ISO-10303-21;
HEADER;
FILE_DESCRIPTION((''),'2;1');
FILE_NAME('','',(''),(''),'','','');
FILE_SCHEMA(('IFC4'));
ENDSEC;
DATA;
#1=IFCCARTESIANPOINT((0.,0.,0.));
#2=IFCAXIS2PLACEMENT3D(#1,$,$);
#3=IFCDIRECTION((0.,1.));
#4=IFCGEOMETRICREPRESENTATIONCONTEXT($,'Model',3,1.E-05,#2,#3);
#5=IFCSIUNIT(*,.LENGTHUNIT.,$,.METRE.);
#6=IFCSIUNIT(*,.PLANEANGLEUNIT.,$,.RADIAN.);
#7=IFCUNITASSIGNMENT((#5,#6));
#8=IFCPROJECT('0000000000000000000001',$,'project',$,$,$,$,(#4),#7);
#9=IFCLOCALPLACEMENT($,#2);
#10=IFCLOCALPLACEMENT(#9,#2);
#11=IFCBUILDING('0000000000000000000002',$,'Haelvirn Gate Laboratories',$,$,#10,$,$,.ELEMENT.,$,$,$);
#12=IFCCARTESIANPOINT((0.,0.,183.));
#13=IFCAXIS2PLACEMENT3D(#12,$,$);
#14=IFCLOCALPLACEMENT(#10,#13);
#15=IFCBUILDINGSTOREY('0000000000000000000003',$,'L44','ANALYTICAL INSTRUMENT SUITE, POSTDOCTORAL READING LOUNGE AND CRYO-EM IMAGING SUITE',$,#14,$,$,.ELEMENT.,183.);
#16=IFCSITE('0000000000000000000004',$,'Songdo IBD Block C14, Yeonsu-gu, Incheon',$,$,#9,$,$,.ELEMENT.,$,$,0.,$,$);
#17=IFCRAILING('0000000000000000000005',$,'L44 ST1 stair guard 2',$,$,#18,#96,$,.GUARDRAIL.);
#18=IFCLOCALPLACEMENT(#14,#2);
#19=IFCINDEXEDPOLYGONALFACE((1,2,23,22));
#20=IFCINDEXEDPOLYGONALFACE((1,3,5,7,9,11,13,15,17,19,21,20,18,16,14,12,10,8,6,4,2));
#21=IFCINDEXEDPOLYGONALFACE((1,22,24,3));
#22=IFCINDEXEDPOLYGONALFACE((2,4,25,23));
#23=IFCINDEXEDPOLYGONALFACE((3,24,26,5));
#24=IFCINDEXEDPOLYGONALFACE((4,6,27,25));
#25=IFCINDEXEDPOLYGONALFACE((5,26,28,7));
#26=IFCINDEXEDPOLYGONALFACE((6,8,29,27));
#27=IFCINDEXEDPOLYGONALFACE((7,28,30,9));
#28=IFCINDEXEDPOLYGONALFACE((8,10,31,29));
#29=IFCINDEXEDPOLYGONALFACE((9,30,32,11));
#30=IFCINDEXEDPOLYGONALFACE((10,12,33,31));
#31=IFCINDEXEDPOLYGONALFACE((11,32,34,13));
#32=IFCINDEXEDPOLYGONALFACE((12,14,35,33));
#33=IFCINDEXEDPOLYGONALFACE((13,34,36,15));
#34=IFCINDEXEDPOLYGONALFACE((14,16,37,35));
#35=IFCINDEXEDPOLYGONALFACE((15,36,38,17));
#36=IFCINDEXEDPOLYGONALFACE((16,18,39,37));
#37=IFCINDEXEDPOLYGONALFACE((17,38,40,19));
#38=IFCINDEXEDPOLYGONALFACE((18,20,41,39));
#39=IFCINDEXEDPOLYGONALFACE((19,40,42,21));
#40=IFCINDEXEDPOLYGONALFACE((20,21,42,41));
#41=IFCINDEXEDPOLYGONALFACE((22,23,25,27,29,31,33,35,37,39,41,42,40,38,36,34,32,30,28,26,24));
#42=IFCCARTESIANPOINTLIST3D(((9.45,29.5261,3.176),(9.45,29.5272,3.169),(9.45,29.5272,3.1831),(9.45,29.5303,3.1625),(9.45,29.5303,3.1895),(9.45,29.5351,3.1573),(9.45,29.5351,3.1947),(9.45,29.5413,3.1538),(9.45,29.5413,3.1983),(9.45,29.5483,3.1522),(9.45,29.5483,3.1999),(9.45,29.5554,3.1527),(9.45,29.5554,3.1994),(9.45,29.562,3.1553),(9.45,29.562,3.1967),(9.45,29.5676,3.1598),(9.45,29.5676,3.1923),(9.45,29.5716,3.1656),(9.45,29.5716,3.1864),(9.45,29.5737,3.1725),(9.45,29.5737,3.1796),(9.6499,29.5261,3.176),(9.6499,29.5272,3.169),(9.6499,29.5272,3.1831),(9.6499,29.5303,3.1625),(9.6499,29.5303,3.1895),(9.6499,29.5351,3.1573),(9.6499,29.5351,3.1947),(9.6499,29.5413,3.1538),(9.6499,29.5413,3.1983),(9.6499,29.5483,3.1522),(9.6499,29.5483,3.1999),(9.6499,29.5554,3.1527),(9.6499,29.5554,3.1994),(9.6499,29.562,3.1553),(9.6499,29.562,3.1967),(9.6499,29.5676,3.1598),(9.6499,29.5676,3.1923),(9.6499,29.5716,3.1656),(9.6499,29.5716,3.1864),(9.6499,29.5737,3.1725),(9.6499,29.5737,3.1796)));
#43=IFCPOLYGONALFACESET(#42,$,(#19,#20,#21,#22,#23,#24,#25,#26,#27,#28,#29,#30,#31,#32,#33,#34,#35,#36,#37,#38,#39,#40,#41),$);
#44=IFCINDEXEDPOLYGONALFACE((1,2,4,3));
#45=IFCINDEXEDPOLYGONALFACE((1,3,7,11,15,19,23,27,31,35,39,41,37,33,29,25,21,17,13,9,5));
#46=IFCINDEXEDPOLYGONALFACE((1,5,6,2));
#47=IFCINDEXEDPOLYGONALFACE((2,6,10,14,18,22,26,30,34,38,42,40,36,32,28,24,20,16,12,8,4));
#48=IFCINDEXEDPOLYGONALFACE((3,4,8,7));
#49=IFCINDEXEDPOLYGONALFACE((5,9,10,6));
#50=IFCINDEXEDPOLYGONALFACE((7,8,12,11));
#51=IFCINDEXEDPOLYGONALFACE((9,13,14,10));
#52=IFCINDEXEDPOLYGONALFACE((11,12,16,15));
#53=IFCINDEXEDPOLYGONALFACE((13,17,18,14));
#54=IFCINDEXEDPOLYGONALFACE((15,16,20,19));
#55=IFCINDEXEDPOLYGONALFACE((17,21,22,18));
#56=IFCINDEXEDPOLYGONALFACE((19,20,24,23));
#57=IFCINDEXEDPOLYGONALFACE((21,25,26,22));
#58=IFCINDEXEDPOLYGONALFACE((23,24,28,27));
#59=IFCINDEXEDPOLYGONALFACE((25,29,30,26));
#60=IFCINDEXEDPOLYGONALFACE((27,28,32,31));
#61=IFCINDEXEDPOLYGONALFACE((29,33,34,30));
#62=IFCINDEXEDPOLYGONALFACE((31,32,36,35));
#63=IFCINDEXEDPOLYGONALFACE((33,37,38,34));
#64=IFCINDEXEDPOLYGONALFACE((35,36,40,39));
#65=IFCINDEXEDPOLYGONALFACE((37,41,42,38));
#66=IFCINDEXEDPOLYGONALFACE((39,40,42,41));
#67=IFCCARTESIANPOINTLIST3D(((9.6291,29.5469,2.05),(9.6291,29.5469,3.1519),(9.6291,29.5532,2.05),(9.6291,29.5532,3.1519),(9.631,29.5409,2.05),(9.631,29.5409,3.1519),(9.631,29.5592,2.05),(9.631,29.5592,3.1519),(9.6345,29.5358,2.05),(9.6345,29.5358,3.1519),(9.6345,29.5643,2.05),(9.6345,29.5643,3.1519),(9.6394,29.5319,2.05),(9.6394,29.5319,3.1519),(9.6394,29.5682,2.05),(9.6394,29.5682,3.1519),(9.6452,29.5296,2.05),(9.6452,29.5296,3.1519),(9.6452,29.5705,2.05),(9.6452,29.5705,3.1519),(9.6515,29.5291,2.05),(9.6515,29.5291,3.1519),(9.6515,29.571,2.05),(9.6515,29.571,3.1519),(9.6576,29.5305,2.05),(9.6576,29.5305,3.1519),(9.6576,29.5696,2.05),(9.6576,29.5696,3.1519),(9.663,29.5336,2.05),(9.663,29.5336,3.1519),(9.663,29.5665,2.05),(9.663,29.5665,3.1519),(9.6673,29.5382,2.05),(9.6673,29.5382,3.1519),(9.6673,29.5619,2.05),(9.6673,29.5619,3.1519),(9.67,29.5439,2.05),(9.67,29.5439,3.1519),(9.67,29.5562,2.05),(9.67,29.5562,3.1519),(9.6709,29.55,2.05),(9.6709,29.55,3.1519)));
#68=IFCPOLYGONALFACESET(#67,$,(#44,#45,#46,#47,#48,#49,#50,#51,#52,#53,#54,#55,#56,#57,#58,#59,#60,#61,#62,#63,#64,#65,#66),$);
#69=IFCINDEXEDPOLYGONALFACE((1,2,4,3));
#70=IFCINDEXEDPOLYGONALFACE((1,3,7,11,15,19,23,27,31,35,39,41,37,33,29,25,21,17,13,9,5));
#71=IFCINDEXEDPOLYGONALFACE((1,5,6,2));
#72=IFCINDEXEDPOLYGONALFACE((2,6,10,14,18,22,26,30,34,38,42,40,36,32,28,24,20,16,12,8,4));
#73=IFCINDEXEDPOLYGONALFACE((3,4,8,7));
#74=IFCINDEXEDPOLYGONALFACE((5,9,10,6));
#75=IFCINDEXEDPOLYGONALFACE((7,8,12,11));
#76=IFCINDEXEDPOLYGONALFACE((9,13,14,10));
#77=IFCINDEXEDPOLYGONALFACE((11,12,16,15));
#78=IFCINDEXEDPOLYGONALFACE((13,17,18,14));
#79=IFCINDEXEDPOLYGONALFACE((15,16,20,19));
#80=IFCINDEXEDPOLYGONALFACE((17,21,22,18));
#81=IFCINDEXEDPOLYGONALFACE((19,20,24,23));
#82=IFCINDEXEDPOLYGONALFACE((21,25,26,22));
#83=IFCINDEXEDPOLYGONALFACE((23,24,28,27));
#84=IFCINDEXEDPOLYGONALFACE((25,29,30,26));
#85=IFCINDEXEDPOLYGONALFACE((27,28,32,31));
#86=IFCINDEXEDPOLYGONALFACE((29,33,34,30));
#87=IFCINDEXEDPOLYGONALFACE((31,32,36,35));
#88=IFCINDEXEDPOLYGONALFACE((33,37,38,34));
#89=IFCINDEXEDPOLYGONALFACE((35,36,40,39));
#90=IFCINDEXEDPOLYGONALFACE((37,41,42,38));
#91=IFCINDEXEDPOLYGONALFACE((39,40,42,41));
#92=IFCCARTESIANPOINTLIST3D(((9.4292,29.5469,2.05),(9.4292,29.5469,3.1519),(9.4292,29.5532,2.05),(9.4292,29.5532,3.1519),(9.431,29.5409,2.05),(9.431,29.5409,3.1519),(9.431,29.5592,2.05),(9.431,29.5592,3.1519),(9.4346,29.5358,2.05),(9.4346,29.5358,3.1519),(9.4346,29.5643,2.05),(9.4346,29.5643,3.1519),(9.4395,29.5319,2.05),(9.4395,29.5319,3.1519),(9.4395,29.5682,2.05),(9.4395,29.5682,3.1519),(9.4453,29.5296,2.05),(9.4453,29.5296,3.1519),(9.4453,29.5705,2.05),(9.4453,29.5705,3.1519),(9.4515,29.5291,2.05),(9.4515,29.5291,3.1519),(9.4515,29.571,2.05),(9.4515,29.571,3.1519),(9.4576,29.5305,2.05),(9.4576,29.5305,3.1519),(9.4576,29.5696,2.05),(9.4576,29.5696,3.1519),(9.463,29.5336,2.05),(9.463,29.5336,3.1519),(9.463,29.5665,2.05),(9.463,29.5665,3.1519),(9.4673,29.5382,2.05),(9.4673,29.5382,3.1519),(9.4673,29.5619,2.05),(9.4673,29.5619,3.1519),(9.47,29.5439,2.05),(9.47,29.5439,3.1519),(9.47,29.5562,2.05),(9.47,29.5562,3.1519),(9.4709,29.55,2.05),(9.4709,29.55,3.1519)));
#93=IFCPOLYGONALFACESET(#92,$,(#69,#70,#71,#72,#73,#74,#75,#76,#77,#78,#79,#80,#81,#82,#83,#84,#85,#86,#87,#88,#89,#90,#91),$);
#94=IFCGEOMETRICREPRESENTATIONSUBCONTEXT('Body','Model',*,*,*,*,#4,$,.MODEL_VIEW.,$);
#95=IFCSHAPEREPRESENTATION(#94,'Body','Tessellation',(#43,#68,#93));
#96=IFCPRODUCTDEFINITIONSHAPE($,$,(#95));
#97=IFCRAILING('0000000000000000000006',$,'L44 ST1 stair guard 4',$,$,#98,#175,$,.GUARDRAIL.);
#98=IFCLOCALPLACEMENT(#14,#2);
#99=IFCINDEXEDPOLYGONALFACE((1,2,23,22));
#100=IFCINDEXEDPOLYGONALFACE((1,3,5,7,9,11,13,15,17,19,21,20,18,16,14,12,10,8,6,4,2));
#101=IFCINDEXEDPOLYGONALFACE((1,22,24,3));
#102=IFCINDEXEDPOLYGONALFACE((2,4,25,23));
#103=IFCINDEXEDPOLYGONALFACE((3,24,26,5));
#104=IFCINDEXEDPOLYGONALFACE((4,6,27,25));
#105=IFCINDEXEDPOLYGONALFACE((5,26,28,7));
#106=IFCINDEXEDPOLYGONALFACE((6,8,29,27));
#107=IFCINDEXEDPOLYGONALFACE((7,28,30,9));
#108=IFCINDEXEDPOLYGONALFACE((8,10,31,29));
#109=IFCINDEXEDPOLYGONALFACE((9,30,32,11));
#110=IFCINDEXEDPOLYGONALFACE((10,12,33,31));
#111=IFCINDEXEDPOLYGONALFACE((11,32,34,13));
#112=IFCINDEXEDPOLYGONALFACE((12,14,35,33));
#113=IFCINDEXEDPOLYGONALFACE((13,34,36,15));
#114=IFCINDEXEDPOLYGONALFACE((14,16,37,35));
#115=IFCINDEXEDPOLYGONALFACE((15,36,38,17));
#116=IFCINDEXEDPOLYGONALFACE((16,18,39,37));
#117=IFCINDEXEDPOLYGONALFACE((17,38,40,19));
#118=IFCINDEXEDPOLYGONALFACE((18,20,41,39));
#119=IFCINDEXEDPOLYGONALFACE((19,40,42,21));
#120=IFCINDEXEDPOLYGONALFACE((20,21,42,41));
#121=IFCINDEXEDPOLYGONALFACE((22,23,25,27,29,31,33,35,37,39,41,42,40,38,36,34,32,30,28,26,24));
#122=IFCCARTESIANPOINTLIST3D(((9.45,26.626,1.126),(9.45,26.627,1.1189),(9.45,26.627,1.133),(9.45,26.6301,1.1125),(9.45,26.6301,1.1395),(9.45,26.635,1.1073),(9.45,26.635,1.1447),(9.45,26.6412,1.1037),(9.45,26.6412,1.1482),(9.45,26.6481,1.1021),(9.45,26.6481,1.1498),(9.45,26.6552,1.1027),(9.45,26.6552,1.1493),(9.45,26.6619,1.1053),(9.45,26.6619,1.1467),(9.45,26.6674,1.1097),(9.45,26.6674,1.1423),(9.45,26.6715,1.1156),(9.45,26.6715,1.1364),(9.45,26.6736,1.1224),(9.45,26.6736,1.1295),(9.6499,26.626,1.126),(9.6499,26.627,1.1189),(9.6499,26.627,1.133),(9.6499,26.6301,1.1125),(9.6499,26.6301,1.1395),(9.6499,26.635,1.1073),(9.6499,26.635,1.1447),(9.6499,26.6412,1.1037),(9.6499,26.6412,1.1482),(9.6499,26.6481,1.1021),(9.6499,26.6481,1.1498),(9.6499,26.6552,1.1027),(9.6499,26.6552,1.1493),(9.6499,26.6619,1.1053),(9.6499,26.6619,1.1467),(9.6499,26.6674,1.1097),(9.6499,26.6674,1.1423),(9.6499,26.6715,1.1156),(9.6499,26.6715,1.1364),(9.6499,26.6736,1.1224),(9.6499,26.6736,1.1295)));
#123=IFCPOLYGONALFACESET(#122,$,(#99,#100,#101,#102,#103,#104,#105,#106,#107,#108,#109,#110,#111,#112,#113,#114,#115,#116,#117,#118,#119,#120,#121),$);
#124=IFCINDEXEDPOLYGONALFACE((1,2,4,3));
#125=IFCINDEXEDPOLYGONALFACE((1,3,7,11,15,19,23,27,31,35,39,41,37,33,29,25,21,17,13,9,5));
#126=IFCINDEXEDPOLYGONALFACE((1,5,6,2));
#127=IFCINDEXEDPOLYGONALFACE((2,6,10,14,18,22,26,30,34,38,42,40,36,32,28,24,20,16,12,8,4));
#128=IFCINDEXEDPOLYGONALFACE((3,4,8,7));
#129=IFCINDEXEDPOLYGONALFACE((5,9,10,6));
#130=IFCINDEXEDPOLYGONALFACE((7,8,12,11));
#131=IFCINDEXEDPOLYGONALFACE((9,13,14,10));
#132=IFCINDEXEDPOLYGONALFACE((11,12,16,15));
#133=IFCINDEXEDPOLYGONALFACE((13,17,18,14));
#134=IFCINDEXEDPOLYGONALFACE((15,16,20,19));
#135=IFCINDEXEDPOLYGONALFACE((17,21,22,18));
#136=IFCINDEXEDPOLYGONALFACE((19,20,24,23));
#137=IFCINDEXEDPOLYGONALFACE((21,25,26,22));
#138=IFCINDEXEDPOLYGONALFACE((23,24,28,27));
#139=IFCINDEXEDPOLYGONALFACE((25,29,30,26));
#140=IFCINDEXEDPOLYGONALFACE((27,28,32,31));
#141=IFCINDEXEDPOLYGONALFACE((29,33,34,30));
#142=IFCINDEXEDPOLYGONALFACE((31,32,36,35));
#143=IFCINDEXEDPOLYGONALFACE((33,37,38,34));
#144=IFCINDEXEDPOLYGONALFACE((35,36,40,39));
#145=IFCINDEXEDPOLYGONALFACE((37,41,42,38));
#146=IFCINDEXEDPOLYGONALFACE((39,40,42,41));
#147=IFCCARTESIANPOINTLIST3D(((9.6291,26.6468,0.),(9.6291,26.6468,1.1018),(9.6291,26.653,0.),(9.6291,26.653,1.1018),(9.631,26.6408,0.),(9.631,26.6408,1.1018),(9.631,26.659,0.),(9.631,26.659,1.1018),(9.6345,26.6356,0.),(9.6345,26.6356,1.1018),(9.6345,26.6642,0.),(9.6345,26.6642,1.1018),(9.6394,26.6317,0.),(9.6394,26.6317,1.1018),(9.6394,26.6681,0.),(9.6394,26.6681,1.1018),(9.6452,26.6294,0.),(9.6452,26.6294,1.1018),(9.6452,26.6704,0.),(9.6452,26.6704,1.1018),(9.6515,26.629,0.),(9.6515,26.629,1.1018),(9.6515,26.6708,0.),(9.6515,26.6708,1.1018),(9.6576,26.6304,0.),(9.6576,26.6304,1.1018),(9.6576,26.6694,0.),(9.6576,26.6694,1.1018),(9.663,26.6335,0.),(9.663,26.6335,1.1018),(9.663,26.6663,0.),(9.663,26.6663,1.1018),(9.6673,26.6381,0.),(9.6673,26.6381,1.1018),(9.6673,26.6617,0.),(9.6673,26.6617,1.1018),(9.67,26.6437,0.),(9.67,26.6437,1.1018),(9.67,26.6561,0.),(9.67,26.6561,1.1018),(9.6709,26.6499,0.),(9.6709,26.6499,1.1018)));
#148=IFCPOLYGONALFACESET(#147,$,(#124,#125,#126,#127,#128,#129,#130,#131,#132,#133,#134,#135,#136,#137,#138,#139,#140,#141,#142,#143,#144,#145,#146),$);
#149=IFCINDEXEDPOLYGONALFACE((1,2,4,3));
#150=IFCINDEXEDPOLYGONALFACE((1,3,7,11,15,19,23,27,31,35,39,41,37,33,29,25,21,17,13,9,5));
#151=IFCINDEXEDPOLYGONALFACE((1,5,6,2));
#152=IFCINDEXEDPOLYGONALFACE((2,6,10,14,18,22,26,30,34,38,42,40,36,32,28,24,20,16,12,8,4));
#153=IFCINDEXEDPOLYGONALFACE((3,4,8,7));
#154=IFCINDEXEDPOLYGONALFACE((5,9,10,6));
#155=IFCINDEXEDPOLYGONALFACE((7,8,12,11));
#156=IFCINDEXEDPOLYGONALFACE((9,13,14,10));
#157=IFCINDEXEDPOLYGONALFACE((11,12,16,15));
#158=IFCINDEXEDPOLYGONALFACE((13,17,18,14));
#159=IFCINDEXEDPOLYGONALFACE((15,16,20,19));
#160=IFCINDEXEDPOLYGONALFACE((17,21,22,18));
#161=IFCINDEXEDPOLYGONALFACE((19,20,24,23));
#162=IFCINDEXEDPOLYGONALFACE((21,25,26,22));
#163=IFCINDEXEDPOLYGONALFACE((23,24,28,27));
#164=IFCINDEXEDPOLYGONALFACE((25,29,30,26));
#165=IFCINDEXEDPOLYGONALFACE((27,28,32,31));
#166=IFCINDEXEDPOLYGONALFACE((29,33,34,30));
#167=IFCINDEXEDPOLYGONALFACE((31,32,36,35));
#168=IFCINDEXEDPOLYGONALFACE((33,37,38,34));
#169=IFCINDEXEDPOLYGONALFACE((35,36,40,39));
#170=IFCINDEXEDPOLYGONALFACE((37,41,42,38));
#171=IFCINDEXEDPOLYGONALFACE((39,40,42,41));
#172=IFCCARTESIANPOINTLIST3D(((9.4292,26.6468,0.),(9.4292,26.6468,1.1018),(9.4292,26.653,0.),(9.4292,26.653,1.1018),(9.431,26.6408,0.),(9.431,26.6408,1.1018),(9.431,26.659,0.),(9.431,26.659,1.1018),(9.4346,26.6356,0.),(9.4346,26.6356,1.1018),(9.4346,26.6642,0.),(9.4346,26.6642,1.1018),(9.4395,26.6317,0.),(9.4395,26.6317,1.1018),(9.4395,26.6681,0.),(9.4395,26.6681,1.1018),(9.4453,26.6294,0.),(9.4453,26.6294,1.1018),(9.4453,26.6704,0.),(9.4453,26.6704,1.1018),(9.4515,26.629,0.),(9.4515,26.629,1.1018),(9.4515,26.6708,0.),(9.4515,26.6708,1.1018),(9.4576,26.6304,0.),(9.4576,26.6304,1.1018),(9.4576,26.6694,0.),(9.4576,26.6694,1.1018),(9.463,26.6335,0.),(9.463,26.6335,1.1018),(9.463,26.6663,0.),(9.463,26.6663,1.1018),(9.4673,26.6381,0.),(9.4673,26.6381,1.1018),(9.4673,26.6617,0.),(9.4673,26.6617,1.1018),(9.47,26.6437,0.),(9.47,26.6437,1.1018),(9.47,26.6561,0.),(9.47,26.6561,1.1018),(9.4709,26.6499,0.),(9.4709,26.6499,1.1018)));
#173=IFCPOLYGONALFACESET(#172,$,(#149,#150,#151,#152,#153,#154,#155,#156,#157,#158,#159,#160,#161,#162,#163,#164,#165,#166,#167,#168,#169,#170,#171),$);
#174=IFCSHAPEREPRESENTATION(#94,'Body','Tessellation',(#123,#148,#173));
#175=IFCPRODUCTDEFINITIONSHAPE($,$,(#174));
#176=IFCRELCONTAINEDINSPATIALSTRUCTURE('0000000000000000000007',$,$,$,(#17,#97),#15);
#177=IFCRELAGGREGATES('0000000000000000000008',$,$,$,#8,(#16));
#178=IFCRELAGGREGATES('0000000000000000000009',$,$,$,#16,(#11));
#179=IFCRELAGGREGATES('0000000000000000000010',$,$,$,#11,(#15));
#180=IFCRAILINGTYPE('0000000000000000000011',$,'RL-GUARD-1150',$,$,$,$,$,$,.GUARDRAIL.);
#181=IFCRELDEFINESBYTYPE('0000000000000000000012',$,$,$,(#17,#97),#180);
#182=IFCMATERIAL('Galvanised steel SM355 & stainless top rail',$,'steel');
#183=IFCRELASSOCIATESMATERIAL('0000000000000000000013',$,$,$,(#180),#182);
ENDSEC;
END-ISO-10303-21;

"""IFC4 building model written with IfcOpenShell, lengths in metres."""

from ifc_helpers import new_model, si_unit, direction, frame, origin, origin_2d, place, context, subcontext, project, spatial, circle, extrude, source, transform, mapped, material, type_object, element, save


model = new_model("IFC4")

# Units and contexts
model_context = context("Model", 3, precision=1e-05, world=origin(), true_north=direction((0.0, 1.0)))
body_context = subcontext(model_context, "Body", "Model", "MODEL_VIEW")
ifc_project = project(units=[si_unit("LENGTHUNIT", "METRE"), si_unit("PLANEANGLEUNIT", "RADIAN")], contexts=[model_context])

# Site, building, storey
site_placement = place(None, origin())
site = spatial("IfcSite", under=ifc_project, at=site_placement, Name="Songdo IBD Block C14, Yeonsu-gu, Incheon", CompositionType="ELEMENT", RefElevation=0.0)
building_placement = place(site_placement, origin())
building = spatial("IfcBuilding", under=site, at=building_placement, Name="Haelvirn Gate Laboratories", CompositionType="ELEMENT")
storey_placement = place(building_placement, frame((0.0, 0.0, 183.0)))
storey = spatial("IfcBuildingStorey", under=building, at=storey_placement, Name="L44", Description="ANALYTICAL INSTRUMENT SUITE, POSTDOCTORAL READING LOUNGE AND CRYO-EM IMAGING SUITE", CompositionType="ELEMENT", Elevation=183.0)

# Railings
ifc_material_1 = material(Name="Galvanised steel SM355 & stainless top rail", Category="steel")
railing_type_1 = type_object("IfcRailingType", Name="RL-GUARD-1150", PredefinedType="GUARDRAIL", material=ifc_material_1)
shared_shape_1 = source(origin(), body_context, "Body", "SweptSolid", [
    extrude(circle(Radius=0.0239, at=origin_2d()), frame((0.0, 0.0, 1.126), z_axis=(-1.0, 0.0, 0.0), x_axis=(0.0, -1.0, 0.0)), (0.0, 0.0, 1.0), 0.2),
    extrude(circle(Radius=0.021, at=origin_2d()), origin(), (0.0, 0.0, 1.0), 1.1018),
    extrude(circle(Radius=0.021, at=origin_2d()), frame((-0.2, 0.0, 0.0)), (0.0, 0.0, 1.0), 1.1018),
])
for number, where, name in (
    (1, (9.6499, 29.55, 2.05), "L44 ST1 stair guard 2"),
    (2, (9.6499, 26.6499, 0.0), "L44 ST1 stair guard 4"),
):
    element("IfcRailing", number, at=place(storey_placement, frame(where)), inside=storey, type_object=railing_type_1, Name=name, PredefinedType="GUARDRAIL", context=body_context, shape_type="MappedRepresentation", body=[
        mapped(shared_shape_1, transform((0.0, 0.0, 0.0), scale=1.0)),
    ])

save(model, "model.ifc")
